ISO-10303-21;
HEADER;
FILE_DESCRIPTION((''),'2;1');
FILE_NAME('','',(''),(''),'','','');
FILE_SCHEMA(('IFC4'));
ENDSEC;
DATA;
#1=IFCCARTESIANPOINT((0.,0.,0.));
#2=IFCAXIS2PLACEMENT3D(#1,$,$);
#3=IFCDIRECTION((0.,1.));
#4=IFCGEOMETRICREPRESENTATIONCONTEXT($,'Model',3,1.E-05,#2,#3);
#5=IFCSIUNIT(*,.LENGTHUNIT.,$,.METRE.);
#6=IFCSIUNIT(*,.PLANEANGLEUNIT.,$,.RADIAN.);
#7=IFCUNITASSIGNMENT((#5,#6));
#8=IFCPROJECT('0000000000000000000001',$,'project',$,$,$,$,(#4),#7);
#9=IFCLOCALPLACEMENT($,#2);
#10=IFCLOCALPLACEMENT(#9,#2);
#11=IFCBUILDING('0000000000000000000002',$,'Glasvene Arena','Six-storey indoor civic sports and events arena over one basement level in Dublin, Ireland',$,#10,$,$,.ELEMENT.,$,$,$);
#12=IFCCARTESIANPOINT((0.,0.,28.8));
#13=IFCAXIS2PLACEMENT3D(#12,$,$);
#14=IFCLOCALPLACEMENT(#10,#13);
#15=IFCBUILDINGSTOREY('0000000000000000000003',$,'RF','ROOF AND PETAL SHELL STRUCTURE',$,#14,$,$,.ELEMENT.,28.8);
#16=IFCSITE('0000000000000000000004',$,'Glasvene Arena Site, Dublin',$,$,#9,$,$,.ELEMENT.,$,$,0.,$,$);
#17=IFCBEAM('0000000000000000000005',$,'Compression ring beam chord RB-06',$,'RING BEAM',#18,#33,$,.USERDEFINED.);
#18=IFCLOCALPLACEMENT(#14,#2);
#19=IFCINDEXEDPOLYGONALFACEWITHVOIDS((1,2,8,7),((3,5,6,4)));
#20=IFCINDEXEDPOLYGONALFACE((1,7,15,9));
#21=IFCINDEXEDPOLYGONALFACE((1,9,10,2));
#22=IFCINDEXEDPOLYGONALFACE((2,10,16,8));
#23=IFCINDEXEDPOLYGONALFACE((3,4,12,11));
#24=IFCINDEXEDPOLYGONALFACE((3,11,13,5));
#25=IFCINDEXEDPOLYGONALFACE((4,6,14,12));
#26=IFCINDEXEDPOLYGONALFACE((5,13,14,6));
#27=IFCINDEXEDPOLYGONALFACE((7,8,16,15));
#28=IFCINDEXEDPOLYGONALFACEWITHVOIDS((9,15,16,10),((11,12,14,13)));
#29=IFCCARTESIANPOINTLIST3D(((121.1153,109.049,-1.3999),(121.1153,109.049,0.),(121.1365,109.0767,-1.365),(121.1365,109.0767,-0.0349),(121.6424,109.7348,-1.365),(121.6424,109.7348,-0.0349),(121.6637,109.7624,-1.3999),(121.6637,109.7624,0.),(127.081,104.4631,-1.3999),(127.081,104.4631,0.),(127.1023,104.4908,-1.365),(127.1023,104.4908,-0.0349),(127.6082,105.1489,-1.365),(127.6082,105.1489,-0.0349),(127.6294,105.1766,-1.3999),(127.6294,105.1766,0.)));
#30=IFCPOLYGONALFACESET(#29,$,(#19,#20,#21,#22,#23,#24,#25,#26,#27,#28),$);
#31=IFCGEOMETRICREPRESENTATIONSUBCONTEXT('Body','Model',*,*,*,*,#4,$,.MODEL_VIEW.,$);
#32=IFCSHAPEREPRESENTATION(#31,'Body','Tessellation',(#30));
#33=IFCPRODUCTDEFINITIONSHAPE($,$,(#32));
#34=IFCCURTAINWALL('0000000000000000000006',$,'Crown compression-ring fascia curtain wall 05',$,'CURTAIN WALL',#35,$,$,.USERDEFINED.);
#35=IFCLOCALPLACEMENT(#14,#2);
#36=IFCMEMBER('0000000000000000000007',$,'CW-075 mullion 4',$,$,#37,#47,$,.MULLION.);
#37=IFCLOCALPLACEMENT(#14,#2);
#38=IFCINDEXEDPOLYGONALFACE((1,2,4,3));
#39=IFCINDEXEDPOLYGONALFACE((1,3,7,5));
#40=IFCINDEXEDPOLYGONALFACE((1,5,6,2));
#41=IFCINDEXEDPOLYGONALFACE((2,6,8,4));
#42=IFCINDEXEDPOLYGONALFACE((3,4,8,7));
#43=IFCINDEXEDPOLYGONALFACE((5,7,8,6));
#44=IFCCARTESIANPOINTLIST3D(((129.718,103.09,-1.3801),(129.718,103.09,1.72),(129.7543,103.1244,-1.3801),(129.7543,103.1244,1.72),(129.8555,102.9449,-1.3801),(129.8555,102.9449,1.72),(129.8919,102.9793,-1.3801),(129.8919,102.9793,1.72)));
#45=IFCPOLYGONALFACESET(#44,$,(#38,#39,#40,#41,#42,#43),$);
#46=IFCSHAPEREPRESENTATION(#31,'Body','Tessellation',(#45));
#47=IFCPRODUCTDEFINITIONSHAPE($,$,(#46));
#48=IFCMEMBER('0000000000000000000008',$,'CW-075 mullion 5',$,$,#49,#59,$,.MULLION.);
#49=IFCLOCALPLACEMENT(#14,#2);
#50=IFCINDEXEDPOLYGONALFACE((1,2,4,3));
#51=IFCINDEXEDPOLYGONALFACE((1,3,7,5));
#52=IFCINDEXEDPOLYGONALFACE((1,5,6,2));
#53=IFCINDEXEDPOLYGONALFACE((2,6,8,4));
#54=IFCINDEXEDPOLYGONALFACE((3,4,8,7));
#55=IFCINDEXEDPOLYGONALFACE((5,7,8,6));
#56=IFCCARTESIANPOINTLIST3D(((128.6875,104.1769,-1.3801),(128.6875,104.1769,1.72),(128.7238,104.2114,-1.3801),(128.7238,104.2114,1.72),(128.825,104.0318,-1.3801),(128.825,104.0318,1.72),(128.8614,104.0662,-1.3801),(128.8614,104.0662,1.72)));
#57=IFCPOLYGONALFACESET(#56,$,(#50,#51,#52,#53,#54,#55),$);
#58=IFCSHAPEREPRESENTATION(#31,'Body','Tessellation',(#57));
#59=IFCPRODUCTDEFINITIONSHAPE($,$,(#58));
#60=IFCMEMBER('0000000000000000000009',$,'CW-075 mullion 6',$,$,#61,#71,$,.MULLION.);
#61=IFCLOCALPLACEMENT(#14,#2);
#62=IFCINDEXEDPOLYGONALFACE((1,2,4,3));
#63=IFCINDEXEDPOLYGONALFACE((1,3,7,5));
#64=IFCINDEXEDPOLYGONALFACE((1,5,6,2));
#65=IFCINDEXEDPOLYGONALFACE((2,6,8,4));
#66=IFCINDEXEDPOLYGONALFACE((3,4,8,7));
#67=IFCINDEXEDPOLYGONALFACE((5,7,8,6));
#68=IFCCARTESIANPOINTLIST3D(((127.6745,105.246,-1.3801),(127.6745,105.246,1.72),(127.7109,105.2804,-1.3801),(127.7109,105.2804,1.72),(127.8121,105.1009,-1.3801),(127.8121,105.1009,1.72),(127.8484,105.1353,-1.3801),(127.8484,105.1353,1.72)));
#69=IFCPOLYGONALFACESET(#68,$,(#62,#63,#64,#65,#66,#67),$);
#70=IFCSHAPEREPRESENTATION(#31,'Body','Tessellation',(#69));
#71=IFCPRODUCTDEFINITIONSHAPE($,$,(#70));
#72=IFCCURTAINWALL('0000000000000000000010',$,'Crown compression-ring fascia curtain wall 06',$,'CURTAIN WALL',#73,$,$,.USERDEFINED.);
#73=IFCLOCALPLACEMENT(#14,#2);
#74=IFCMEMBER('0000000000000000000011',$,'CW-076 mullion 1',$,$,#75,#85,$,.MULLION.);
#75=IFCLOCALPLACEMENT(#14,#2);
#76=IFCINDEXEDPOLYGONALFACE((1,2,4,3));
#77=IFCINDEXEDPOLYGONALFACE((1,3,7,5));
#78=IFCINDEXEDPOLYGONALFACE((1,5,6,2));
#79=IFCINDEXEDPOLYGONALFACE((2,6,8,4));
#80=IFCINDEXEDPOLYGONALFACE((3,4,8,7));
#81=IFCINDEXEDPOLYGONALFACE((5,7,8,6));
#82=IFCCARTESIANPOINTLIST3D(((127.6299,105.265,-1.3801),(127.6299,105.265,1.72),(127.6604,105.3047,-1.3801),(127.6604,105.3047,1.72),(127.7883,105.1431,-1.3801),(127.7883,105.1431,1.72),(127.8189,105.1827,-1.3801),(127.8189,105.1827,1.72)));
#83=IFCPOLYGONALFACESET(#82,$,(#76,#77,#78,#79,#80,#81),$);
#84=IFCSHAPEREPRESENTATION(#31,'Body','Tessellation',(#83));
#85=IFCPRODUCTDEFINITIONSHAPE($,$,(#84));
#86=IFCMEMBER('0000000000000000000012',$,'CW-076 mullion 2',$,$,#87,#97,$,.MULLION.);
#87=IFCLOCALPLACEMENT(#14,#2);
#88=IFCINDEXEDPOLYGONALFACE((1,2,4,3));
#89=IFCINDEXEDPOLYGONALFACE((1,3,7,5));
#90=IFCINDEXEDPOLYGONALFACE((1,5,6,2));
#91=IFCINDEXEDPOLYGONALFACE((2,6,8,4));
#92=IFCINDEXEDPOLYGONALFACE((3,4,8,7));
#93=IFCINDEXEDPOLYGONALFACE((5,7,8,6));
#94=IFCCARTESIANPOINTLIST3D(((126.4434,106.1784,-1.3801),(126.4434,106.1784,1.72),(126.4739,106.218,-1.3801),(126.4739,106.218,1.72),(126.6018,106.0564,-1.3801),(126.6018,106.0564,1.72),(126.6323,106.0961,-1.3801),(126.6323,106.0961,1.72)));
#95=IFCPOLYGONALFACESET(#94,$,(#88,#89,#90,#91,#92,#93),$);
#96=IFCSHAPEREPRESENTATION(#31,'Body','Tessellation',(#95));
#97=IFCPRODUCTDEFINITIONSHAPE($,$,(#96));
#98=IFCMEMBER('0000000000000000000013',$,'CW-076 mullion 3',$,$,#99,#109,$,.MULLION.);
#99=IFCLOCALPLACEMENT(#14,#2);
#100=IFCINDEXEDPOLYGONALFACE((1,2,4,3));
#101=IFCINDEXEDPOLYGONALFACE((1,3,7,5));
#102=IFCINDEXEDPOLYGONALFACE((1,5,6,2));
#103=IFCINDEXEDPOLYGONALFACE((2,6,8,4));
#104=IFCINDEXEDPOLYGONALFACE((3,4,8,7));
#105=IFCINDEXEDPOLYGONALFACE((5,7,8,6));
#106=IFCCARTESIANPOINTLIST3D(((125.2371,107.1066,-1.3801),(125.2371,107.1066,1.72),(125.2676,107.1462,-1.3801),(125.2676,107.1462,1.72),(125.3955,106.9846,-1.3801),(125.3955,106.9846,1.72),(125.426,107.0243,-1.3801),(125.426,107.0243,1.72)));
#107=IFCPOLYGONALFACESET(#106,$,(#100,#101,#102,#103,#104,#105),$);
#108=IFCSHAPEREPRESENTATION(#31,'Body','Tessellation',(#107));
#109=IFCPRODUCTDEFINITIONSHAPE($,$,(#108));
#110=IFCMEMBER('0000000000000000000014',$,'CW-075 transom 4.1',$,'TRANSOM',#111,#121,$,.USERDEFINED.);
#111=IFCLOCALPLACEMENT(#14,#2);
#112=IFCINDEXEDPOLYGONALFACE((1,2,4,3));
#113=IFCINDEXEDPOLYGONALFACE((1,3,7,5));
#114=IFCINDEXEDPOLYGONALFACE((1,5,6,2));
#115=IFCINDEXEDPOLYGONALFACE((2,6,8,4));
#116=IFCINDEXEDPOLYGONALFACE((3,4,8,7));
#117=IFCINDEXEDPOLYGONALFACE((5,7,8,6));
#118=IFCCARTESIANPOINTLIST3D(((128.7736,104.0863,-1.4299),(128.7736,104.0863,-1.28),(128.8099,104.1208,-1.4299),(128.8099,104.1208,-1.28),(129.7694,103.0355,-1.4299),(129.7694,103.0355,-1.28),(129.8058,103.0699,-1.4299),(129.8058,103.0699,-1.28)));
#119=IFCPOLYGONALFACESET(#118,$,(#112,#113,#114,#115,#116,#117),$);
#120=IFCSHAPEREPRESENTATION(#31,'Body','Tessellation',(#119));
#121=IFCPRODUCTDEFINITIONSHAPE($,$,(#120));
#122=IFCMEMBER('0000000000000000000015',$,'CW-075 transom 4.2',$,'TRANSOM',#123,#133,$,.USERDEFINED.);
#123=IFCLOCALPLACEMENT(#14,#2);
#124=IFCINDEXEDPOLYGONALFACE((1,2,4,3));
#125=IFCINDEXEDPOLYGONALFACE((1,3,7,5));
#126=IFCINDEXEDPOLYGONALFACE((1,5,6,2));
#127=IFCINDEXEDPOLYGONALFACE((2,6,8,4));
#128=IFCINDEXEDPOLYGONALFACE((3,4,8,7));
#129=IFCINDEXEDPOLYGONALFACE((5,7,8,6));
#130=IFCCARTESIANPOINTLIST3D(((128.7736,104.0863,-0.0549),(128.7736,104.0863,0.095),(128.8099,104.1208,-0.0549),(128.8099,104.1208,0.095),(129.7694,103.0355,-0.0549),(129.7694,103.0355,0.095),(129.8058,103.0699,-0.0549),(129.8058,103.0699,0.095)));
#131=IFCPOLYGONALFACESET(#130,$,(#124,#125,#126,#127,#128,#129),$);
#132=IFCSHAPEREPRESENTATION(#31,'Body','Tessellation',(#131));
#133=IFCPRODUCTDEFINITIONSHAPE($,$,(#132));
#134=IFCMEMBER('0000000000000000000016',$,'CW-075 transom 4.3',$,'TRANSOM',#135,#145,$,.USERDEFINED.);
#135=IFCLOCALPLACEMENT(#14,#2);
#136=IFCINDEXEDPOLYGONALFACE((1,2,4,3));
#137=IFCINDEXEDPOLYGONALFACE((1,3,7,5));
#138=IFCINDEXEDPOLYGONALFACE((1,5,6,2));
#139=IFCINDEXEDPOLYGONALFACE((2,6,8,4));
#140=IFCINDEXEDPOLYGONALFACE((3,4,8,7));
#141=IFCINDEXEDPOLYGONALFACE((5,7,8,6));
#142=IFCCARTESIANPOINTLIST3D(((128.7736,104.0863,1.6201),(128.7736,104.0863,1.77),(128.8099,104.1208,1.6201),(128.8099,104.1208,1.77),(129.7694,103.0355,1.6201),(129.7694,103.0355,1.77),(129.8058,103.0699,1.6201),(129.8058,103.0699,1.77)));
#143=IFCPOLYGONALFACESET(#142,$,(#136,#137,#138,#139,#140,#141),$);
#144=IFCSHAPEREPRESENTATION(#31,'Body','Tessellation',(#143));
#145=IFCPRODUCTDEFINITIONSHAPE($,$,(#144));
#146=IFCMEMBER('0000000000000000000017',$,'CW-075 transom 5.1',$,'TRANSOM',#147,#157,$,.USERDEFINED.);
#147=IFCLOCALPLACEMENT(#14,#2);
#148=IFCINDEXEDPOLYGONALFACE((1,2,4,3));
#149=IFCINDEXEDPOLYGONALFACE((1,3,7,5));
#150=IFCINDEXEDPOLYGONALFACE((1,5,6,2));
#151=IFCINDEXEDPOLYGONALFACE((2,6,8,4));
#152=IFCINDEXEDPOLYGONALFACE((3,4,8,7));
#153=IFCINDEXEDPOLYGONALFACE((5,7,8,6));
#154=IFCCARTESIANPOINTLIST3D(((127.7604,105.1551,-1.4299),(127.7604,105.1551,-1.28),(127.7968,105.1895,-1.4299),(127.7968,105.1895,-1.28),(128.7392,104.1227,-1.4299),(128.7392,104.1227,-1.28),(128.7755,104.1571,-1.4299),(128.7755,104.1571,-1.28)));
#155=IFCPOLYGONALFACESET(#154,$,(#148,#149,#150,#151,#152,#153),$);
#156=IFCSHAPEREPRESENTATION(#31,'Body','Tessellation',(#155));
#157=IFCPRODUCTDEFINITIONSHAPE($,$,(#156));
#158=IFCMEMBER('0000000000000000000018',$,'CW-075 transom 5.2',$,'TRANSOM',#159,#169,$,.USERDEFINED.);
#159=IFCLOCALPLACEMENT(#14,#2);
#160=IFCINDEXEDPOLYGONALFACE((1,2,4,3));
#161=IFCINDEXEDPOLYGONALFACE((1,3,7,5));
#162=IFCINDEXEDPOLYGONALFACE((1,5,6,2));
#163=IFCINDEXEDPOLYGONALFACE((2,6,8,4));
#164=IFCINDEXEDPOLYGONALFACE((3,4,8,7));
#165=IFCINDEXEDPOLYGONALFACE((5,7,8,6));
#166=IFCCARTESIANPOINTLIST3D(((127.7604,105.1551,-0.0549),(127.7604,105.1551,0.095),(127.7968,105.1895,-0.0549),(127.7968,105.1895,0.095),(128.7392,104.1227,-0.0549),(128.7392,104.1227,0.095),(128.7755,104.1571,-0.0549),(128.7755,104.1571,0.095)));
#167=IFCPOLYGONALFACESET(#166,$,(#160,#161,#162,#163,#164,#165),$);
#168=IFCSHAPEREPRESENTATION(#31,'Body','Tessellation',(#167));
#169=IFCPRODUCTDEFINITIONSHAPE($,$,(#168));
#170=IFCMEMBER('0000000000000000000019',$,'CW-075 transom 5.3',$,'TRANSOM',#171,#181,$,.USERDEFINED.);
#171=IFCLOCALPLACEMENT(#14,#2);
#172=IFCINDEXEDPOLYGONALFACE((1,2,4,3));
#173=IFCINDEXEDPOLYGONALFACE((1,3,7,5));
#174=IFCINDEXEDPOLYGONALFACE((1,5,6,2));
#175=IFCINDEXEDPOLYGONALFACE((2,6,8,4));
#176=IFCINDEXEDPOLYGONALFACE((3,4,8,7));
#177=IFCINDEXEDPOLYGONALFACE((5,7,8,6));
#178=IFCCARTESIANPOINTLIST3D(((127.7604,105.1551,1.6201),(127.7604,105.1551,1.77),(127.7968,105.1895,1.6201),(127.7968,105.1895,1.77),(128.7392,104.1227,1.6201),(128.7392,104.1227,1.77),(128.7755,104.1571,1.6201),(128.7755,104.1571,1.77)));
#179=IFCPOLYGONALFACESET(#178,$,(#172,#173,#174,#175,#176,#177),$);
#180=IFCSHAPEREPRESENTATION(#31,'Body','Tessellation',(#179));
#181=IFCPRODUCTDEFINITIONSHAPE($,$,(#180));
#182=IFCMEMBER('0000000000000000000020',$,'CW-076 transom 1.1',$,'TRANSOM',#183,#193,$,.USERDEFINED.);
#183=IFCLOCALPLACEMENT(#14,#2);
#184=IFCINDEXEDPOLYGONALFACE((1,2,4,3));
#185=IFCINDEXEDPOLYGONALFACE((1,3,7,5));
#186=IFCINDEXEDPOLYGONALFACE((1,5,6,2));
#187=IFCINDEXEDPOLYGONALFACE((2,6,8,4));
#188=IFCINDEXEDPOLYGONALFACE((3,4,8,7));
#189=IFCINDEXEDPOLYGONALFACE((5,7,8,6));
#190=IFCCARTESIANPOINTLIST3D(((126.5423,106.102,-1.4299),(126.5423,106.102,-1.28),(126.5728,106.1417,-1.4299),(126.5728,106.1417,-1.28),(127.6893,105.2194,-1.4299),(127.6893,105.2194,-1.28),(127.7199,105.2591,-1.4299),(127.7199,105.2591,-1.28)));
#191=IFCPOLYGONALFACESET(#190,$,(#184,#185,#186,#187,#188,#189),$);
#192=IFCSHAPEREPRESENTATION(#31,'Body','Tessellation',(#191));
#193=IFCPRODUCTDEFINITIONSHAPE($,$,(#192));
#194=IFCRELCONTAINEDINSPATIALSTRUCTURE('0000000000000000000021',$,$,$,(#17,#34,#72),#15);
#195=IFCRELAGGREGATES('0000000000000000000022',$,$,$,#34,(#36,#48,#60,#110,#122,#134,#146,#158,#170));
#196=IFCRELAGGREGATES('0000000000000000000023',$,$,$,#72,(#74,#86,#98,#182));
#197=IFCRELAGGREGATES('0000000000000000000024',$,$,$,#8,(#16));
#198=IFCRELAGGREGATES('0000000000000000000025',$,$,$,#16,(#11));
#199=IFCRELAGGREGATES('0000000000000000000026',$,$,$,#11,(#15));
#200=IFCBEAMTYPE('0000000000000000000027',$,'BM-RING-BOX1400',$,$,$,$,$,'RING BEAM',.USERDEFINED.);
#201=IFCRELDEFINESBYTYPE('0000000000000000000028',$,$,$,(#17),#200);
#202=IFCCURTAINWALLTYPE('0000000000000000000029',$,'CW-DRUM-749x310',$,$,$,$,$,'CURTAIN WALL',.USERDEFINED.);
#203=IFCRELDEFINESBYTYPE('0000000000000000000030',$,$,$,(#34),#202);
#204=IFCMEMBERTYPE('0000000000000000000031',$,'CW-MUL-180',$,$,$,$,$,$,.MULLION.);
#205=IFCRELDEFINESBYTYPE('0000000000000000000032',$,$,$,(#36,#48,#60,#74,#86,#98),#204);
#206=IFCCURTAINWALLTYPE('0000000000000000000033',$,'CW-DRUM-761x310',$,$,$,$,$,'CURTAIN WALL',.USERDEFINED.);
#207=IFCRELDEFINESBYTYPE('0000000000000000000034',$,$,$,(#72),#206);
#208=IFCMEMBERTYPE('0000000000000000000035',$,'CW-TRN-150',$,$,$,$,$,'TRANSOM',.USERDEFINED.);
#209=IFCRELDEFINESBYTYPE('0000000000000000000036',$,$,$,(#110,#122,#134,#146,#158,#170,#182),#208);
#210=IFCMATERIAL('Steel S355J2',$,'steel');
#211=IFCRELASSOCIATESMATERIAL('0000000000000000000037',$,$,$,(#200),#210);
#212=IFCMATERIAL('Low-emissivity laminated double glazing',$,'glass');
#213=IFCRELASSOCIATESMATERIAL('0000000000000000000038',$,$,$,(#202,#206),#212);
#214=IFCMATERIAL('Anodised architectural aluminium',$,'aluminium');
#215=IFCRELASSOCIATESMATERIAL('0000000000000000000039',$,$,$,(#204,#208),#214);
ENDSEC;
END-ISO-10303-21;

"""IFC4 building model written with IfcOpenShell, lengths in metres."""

from ifc_helpers import new_model, si_unit, direction, frame, origin, origin_2d, place, context, subcontext, project, spatial, rectangle, hollow_rectangle, extrude, material, material_profile, profile_set, type_object, element, aggregate, save


model = new_model("IFC4")

# Units and contexts
model_context = context("Model", 3, precision=1e-05, world=origin(), true_north=direction((0.0, 1.0)))
body_context = subcontext(model_context, "Body", "Model", "MODEL_VIEW")
ifc_project = project(units=[si_unit("LENGTHUNIT", "METRE"), si_unit("PLANEANGLEUNIT", "RADIAN")], contexts=[model_context])

# Site, building, storey
site_placement = place(None, origin())
site = spatial("IfcSite", under=ifc_project, at=site_placement, Name="Glasvene Arena Site, Dublin", CompositionType="ELEMENT", RefElevation=0.0)
building_placement = place(site_placement, origin())
building = spatial("IfcBuilding", under=site, at=building_placement, Name="Glasvene Arena", Description="Six-storey indoor civic sports and events arena over one basement level in Dublin, Ireland", CompositionType="ELEMENT")
storey_placement = place(building_placement, frame((0.0, 0.0, 28.8)))
storey = spatial("IfcBuildingStorey", under=building, at=storey_placement, Name="RF", Description="ROOF AND PETAL SHELL STRUCTURE", CompositionType="ELEMENT", Elevation=28.8)

# Beam
ifc_material_1 = material(Name="Steel S355J2", Category="steel")
ifc_material_profile_1 = material_profile(ifc_material_1, hollow_rectangle(XDim=0.8999, YDim=1.3999, WallThickness=0.0349, at=origin_2d()), Name="WBOX 900x1400x35")
ifc_profile_set_1 = profile_set([ifc_material_profile_1], Name="Steel S355J2")
beam_type = type_object("IfcBeamType", Name="BM-RING-BOX1400", ElementType="RING BEAM", PredefinedType="USERDEFINED", material=ifc_profile_set_1)
beam_placement = place(storey_placement, frame((127.3552, 104.8198, -0.7), z_axis=(-0.792827, 0.609447, 0.0), x_axis=(-0.609447, -0.792827, 0.0)))
element("IfcBeam", 1, at=beam_placement, inside=storey, type_object=beam_type, Name="Compression ring beam chord RB-06", ObjectType="RING BEAM", PredefinedType="USERDEFINED", context=body_context, shape_type="SweptSolid", body=[
    extrude(hollow_rectangle(XDim=0.8999, YDim=1.3999, WallThickness=0.0349, at=origin_2d()), origin(), (0.0, 0.0, 1.0), 7.5247),
])

# Curtain walls, members
ifc_material_2 = material(Name="Low-emissivity laminated double glazing", Category="glass")
curtain_wall_type_1 = type_object("IfcCurtainWallType", Name="CW-DRUM-749x310", ElementType="CURTAIN WALL", PredefinedType="USERDEFINED", material=ifc_material_2)
curtain_wall_1_placement = place(storey_placement, frame((132.8958, 99.7737, 0.0)))
curtain_wall_1 = element("IfcCurtainWall", 2, at=curtain_wall_1_placement, inside=storey, type_object=curtain_wall_type_1, Name="Crown compression-ring fascia curtain wall 05", ObjectType="CURTAIN WALL", PredefinedType="USERDEFINED")
ifc_material_3 = material(Name="Anodised architectural aluminium", Category="aluminium")
ifc_material_profile_2 = material_profile(ifc_material_3, rectangle(XDim=0.05, YDim=0.2, at=origin_2d()), Name="ALU MULLION 50x200")
ifc_profile_set_2 = profile_set([ifc_material_profile_2], Name="Anodised architectural aluminium")
member_type_1 = type_object("IfcMemberType", Name="CW-MUL-180", PredefinedType="MULLION", material=ifc_profile_set_2)
member_1_placement = place(storey_placement, frame((129.8049, 103.0347, -1.3801), z_axis=(0.0, 0.0, 1.0), x_axis=(-0.725782, -0.687925, 0.0)))
member_1 = element("IfcMember", 3, at=member_1_placement, type_object=member_type_1, Name="CW-075 mullion 4", PredefinedType="MULLION", context=body_context, shape_type="SweptSolid", body=[
    extrude(rectangle(XDim=0.05, YDim=0.2, at=origin_2d()), origin(), (0.0, 0.0, 1.0), 3.1001),
])
member_2_placement = place(storey_placement, frame((128.7744, 104.1216, -1.3801), z_axis=(0.0, 0.0, 1.0), x_axis=(-0.725782, -0.687925, 0.0)))
member_2 = element("IfcMember", 4, at=member_2_placement, type_object=member_type_1, Name="CW-075 mullion 5", PredefinedType="MULLION", context=body_context, shape_type="SweptSolid", body=[
    extrude(rectangle(XDim=0.05, YDim=0.2, at=origin_2d()), origin(), (0.0, 0.0, 1.0), 3.1001),
])
member_3_placement = place(storey_placement, frame((127.7615, 105.1907, -1.3801), z_axis=(0.0, 0.0, 1.0), x_axis=(-0.725782, -0.687925, 0.0)))
member_3 = element("IfcMember", 5, at=member_3_placement, type_object=member_type_1, Name="CW-075 mullion 6", PredefinedType="MULLION", context=body_context, shape_type="SweptSolid", body=[
    extrude(rectangle(XDim=0.05, YDim=0.2, at=origin_2d()), origin(), (0.0, 0.0, 1.0), 3.1001),
])
curtain_wall_type_2 = type_object("IfcCurtainWallType", Name="CW-DRUM-761x310", ElementType="CURTAIN WALL", PredefinedType="USERDEFINED", material=ifc_material_2)
curtain_wall_2_placement = place(storey_placement, frame((127.7441, 105.2087, 0.0)))
curtain_wall_2 = element("IfcCurtainWall", 6, at=curtain_wall_2_placement, inside=storey, type_object=curtain_wall_type_2, Name="Crown compression-ring fascia curtain wall 06", ObjectType="CURTAIN WALL", PredefinedType="USERDEFINED")
member_4_placement = place(storey_placement, frame((127.7244, 105.2239, -1.3801), z_axis=(0.0, 0.0, 1.0), x_axis=(-0.609895, -0.792482, 0.0)))
member_4 = element("IfcMember", 7, at=member_4_placement, type_object=member_type_1, Name="CW-076 mullion 1", PredefinedType="MULLION", context=body_context, shape_type="SweptSolid", body=[
    extrude(rectangle(XDim=0.05, YDim=0.2, at=origin_2d()), origin(), (0.0, 0.0, 1.0), 3.1001),
])
member_5_placement = place(storey_placement, frame((126.5378, 106.1372, -1.3801), z_axis=(0.0, 0.0, 1.0), x_axis=(-0.609895, -0.792482, 0.0)))
member_5 = element("IfcMember", 8, at=member_5_placement, type_object=member_type_1, Name="CW-076 mullion 2", PredefinedType="MULLION", context=body_context, shape_type="SweptSolid", body=[
    extrude(rectangle(XDim=0.05, YDim=0.2, at=origin_2d()), origin(), (0.0, 0.0, 1.0), 3.1001),
])
member_6_placement = place(storey_placement, frame((125.3315, 107.0654, -1.3801), z_axis=(0.0, 0.0, 1.0), x_axis=(-0.609895, -0.792482, 0.0)))
member_6 = element("IfcMember", 9, at=member_6_placement, type_object=member_type_1, Name="CW-076 mullion 3", PredefinedType="MULLION", context=body_context, shape_type="SweptSolid", body=[
    extrude(rectangle(XDim=0.05, YDim=0.2, at=origin_2d()), origin(), (0.0, 0.0, 1.0), 3.1001),
])

# Members
ifc_material_profile_3 = material_profile(ifc_material_3, rectangle(XDim=0.05, YDim=0.1499, at=origin_2d()), Name="ALU TRANSOM 50x150")
ifc_profile_set_3 = profile_set([ifc_material_profile_3], Name="Anodised architectural aluminium")
member_type_2 = type_object("IfcMemberType", Name="CW-TRN-150", ElementType="TRANSOM", PredefinedType="USERDEFINED", material=ifc_profile_set_3)
member_7_placement = place(storey_placement, frame((129.7876, 103.0527, -1.355), z_axis=(-0.68788, 0.725824, 0.0), x_axis=(-0.725824, -0.68788, 0.0)))
member_7 = element("IfcMember", 10, at=member_7_placement, type_object=member_type_2, Name="CW-075 transom 4.1", ObjectType="TRANSOM", PredefinedType="USERDEFINED", context=body_context, shape_type="SweptSolid", body=[
    extrude(rectangle(XDim=0.05, YDim=0.1499, at=origin_2d()), origin(), (0.0, 0.0, 1.0), 1.4478),
])
member_8_placement = place(storey_placement, frame((129.7876, 103.0527, 0.02), z_axis=(-0.68788, 0.725824, 0.0), x_axis=(-0.725824, -0.68788, 0.0)))
member_8 = element("IfcMember", 11, at=member_8_placement, type_object=member_type_2, Name="CW-075 transom 4.2", ObjectType="TRANSOM", PredefinedType="USERDEFINED", context=body_context, shape_type="SweptSolid", body=[
    extrude(rectangle(XDim=0.05, YDim=0.1499, at=origin_2d()), origin(), (0.0, 0.0, 1.0), 1.4478),
])
member_9_placement = place(storey_placement, frame((129.7876, 103.0527, 1.6951), z_axis=(-0.68788, 0.725824, 0.0), x_axis=(-0.725824, -0.68788, 0.0)))
member_9 = element("IfcMember", 12, at=member_9_placement, type_object=member_type_2, Name="CW-075 transom 4.3", ObjectType="TRANSOM", PredefinedType="USERDEFINED", context=body_context, shape_type="SweptSolid", body=[
    extrude(rectangle(XDim=0.05, YDim=0.1499, at=origin_2d()), origin(), (0.0, 0.0, 1.0), 1.4478),
])
member_10_placement = place(storey_placement, frame((128.7573, 104.1399, -1.355), z_axis=(-0.687978, 0.725732, 0.0), x_axis=(-0.725732, -0.687978, 0.0)))
member_10 = element("IfcMember", 13, at=member_10_placement, type_object=member_type_2, Name="CW-075 transom 5.1", ObjectType="TRANSOM", PredefinedType="USERDEFINED", context=body_context, shape_type="SweptSolid", body=[
    extrude(rectangle(XDim=0.05, YDim=0.1499, at=origin_2d()), origin(), (0.0, 0.0, 1.0), 1.4226),
])
member_11_placement = place(storey_placement, frame((128.7573, 104.1399, 0.02), z_axis=(-0.687978, 0.725732, 0.0), x_axis=(-0.725732, -0.687978, 0.0)))
member_11 = element("IfcMember", 14, at=member_11_placement, type_object=member_type_2, Name="CW-075 transom 5.2", ObjectType="TRANSOM", PredefinedType="USERDEFINED", context=body_context, shape_type="SweptSolid", body=[
    extrude(rectangle(XDim=0.05, YDim=0.1499, at=origin_2d()), origin(), (0.0, 0.0, 1.0), 1.4226),
])
member_12_placement = place(storey_placement, frame((128.7573, 104.1399, 1.6951), z_axis=(-0.687978, 0.725732, 0.0), x_axis=(-0.725732, -0.687978, 0.0)))
member_12 = element("IfcMember", 15, at=member_12_placement, type_object=member_type_2, Name="CW-075 transom 5.3", ObjectType="TRANSOM", PredefinedType="USERDEFINED", context=body_context, shape_type="SweptSolid", body=[
    extrude(rectangle(XDim=0.05, YDim=0.1499, at=origin_2d()), origin(), (0.0, 0.0, 1.0), 1.4226),
])
member_13_placement = place(storey_placement, frame((127.7046, 105.2393, -1.355), z_axis=(-0.79253, 0.609833, 0.0), x_axis=(-0.609833, -0.79253, 0.0)))
member_13 = element("IfcMember", 16, at=member_13_placement, type_object=member_type_2, Name="CW-076 transom 1.1", ObjectType="TRANSOM", PredefinedType="USERDEFINED", context=body_context, shape_type="SweptSolid", body=[
    extrude(rectangle(XDim=0.05, YDim=0.1499, at=origin_2d()), origin(), (0.0, 0.0, 1.0), 1.4473),
])

aggregate(curtain_wall_1, [member_1, member_2, member_3, member_7, member_8, member_9, member_10, member_11, member_12])
aggregate(curtain_wall_2, [member_4, member_5, member_6, member_13])

save(model, "model.ifc")
